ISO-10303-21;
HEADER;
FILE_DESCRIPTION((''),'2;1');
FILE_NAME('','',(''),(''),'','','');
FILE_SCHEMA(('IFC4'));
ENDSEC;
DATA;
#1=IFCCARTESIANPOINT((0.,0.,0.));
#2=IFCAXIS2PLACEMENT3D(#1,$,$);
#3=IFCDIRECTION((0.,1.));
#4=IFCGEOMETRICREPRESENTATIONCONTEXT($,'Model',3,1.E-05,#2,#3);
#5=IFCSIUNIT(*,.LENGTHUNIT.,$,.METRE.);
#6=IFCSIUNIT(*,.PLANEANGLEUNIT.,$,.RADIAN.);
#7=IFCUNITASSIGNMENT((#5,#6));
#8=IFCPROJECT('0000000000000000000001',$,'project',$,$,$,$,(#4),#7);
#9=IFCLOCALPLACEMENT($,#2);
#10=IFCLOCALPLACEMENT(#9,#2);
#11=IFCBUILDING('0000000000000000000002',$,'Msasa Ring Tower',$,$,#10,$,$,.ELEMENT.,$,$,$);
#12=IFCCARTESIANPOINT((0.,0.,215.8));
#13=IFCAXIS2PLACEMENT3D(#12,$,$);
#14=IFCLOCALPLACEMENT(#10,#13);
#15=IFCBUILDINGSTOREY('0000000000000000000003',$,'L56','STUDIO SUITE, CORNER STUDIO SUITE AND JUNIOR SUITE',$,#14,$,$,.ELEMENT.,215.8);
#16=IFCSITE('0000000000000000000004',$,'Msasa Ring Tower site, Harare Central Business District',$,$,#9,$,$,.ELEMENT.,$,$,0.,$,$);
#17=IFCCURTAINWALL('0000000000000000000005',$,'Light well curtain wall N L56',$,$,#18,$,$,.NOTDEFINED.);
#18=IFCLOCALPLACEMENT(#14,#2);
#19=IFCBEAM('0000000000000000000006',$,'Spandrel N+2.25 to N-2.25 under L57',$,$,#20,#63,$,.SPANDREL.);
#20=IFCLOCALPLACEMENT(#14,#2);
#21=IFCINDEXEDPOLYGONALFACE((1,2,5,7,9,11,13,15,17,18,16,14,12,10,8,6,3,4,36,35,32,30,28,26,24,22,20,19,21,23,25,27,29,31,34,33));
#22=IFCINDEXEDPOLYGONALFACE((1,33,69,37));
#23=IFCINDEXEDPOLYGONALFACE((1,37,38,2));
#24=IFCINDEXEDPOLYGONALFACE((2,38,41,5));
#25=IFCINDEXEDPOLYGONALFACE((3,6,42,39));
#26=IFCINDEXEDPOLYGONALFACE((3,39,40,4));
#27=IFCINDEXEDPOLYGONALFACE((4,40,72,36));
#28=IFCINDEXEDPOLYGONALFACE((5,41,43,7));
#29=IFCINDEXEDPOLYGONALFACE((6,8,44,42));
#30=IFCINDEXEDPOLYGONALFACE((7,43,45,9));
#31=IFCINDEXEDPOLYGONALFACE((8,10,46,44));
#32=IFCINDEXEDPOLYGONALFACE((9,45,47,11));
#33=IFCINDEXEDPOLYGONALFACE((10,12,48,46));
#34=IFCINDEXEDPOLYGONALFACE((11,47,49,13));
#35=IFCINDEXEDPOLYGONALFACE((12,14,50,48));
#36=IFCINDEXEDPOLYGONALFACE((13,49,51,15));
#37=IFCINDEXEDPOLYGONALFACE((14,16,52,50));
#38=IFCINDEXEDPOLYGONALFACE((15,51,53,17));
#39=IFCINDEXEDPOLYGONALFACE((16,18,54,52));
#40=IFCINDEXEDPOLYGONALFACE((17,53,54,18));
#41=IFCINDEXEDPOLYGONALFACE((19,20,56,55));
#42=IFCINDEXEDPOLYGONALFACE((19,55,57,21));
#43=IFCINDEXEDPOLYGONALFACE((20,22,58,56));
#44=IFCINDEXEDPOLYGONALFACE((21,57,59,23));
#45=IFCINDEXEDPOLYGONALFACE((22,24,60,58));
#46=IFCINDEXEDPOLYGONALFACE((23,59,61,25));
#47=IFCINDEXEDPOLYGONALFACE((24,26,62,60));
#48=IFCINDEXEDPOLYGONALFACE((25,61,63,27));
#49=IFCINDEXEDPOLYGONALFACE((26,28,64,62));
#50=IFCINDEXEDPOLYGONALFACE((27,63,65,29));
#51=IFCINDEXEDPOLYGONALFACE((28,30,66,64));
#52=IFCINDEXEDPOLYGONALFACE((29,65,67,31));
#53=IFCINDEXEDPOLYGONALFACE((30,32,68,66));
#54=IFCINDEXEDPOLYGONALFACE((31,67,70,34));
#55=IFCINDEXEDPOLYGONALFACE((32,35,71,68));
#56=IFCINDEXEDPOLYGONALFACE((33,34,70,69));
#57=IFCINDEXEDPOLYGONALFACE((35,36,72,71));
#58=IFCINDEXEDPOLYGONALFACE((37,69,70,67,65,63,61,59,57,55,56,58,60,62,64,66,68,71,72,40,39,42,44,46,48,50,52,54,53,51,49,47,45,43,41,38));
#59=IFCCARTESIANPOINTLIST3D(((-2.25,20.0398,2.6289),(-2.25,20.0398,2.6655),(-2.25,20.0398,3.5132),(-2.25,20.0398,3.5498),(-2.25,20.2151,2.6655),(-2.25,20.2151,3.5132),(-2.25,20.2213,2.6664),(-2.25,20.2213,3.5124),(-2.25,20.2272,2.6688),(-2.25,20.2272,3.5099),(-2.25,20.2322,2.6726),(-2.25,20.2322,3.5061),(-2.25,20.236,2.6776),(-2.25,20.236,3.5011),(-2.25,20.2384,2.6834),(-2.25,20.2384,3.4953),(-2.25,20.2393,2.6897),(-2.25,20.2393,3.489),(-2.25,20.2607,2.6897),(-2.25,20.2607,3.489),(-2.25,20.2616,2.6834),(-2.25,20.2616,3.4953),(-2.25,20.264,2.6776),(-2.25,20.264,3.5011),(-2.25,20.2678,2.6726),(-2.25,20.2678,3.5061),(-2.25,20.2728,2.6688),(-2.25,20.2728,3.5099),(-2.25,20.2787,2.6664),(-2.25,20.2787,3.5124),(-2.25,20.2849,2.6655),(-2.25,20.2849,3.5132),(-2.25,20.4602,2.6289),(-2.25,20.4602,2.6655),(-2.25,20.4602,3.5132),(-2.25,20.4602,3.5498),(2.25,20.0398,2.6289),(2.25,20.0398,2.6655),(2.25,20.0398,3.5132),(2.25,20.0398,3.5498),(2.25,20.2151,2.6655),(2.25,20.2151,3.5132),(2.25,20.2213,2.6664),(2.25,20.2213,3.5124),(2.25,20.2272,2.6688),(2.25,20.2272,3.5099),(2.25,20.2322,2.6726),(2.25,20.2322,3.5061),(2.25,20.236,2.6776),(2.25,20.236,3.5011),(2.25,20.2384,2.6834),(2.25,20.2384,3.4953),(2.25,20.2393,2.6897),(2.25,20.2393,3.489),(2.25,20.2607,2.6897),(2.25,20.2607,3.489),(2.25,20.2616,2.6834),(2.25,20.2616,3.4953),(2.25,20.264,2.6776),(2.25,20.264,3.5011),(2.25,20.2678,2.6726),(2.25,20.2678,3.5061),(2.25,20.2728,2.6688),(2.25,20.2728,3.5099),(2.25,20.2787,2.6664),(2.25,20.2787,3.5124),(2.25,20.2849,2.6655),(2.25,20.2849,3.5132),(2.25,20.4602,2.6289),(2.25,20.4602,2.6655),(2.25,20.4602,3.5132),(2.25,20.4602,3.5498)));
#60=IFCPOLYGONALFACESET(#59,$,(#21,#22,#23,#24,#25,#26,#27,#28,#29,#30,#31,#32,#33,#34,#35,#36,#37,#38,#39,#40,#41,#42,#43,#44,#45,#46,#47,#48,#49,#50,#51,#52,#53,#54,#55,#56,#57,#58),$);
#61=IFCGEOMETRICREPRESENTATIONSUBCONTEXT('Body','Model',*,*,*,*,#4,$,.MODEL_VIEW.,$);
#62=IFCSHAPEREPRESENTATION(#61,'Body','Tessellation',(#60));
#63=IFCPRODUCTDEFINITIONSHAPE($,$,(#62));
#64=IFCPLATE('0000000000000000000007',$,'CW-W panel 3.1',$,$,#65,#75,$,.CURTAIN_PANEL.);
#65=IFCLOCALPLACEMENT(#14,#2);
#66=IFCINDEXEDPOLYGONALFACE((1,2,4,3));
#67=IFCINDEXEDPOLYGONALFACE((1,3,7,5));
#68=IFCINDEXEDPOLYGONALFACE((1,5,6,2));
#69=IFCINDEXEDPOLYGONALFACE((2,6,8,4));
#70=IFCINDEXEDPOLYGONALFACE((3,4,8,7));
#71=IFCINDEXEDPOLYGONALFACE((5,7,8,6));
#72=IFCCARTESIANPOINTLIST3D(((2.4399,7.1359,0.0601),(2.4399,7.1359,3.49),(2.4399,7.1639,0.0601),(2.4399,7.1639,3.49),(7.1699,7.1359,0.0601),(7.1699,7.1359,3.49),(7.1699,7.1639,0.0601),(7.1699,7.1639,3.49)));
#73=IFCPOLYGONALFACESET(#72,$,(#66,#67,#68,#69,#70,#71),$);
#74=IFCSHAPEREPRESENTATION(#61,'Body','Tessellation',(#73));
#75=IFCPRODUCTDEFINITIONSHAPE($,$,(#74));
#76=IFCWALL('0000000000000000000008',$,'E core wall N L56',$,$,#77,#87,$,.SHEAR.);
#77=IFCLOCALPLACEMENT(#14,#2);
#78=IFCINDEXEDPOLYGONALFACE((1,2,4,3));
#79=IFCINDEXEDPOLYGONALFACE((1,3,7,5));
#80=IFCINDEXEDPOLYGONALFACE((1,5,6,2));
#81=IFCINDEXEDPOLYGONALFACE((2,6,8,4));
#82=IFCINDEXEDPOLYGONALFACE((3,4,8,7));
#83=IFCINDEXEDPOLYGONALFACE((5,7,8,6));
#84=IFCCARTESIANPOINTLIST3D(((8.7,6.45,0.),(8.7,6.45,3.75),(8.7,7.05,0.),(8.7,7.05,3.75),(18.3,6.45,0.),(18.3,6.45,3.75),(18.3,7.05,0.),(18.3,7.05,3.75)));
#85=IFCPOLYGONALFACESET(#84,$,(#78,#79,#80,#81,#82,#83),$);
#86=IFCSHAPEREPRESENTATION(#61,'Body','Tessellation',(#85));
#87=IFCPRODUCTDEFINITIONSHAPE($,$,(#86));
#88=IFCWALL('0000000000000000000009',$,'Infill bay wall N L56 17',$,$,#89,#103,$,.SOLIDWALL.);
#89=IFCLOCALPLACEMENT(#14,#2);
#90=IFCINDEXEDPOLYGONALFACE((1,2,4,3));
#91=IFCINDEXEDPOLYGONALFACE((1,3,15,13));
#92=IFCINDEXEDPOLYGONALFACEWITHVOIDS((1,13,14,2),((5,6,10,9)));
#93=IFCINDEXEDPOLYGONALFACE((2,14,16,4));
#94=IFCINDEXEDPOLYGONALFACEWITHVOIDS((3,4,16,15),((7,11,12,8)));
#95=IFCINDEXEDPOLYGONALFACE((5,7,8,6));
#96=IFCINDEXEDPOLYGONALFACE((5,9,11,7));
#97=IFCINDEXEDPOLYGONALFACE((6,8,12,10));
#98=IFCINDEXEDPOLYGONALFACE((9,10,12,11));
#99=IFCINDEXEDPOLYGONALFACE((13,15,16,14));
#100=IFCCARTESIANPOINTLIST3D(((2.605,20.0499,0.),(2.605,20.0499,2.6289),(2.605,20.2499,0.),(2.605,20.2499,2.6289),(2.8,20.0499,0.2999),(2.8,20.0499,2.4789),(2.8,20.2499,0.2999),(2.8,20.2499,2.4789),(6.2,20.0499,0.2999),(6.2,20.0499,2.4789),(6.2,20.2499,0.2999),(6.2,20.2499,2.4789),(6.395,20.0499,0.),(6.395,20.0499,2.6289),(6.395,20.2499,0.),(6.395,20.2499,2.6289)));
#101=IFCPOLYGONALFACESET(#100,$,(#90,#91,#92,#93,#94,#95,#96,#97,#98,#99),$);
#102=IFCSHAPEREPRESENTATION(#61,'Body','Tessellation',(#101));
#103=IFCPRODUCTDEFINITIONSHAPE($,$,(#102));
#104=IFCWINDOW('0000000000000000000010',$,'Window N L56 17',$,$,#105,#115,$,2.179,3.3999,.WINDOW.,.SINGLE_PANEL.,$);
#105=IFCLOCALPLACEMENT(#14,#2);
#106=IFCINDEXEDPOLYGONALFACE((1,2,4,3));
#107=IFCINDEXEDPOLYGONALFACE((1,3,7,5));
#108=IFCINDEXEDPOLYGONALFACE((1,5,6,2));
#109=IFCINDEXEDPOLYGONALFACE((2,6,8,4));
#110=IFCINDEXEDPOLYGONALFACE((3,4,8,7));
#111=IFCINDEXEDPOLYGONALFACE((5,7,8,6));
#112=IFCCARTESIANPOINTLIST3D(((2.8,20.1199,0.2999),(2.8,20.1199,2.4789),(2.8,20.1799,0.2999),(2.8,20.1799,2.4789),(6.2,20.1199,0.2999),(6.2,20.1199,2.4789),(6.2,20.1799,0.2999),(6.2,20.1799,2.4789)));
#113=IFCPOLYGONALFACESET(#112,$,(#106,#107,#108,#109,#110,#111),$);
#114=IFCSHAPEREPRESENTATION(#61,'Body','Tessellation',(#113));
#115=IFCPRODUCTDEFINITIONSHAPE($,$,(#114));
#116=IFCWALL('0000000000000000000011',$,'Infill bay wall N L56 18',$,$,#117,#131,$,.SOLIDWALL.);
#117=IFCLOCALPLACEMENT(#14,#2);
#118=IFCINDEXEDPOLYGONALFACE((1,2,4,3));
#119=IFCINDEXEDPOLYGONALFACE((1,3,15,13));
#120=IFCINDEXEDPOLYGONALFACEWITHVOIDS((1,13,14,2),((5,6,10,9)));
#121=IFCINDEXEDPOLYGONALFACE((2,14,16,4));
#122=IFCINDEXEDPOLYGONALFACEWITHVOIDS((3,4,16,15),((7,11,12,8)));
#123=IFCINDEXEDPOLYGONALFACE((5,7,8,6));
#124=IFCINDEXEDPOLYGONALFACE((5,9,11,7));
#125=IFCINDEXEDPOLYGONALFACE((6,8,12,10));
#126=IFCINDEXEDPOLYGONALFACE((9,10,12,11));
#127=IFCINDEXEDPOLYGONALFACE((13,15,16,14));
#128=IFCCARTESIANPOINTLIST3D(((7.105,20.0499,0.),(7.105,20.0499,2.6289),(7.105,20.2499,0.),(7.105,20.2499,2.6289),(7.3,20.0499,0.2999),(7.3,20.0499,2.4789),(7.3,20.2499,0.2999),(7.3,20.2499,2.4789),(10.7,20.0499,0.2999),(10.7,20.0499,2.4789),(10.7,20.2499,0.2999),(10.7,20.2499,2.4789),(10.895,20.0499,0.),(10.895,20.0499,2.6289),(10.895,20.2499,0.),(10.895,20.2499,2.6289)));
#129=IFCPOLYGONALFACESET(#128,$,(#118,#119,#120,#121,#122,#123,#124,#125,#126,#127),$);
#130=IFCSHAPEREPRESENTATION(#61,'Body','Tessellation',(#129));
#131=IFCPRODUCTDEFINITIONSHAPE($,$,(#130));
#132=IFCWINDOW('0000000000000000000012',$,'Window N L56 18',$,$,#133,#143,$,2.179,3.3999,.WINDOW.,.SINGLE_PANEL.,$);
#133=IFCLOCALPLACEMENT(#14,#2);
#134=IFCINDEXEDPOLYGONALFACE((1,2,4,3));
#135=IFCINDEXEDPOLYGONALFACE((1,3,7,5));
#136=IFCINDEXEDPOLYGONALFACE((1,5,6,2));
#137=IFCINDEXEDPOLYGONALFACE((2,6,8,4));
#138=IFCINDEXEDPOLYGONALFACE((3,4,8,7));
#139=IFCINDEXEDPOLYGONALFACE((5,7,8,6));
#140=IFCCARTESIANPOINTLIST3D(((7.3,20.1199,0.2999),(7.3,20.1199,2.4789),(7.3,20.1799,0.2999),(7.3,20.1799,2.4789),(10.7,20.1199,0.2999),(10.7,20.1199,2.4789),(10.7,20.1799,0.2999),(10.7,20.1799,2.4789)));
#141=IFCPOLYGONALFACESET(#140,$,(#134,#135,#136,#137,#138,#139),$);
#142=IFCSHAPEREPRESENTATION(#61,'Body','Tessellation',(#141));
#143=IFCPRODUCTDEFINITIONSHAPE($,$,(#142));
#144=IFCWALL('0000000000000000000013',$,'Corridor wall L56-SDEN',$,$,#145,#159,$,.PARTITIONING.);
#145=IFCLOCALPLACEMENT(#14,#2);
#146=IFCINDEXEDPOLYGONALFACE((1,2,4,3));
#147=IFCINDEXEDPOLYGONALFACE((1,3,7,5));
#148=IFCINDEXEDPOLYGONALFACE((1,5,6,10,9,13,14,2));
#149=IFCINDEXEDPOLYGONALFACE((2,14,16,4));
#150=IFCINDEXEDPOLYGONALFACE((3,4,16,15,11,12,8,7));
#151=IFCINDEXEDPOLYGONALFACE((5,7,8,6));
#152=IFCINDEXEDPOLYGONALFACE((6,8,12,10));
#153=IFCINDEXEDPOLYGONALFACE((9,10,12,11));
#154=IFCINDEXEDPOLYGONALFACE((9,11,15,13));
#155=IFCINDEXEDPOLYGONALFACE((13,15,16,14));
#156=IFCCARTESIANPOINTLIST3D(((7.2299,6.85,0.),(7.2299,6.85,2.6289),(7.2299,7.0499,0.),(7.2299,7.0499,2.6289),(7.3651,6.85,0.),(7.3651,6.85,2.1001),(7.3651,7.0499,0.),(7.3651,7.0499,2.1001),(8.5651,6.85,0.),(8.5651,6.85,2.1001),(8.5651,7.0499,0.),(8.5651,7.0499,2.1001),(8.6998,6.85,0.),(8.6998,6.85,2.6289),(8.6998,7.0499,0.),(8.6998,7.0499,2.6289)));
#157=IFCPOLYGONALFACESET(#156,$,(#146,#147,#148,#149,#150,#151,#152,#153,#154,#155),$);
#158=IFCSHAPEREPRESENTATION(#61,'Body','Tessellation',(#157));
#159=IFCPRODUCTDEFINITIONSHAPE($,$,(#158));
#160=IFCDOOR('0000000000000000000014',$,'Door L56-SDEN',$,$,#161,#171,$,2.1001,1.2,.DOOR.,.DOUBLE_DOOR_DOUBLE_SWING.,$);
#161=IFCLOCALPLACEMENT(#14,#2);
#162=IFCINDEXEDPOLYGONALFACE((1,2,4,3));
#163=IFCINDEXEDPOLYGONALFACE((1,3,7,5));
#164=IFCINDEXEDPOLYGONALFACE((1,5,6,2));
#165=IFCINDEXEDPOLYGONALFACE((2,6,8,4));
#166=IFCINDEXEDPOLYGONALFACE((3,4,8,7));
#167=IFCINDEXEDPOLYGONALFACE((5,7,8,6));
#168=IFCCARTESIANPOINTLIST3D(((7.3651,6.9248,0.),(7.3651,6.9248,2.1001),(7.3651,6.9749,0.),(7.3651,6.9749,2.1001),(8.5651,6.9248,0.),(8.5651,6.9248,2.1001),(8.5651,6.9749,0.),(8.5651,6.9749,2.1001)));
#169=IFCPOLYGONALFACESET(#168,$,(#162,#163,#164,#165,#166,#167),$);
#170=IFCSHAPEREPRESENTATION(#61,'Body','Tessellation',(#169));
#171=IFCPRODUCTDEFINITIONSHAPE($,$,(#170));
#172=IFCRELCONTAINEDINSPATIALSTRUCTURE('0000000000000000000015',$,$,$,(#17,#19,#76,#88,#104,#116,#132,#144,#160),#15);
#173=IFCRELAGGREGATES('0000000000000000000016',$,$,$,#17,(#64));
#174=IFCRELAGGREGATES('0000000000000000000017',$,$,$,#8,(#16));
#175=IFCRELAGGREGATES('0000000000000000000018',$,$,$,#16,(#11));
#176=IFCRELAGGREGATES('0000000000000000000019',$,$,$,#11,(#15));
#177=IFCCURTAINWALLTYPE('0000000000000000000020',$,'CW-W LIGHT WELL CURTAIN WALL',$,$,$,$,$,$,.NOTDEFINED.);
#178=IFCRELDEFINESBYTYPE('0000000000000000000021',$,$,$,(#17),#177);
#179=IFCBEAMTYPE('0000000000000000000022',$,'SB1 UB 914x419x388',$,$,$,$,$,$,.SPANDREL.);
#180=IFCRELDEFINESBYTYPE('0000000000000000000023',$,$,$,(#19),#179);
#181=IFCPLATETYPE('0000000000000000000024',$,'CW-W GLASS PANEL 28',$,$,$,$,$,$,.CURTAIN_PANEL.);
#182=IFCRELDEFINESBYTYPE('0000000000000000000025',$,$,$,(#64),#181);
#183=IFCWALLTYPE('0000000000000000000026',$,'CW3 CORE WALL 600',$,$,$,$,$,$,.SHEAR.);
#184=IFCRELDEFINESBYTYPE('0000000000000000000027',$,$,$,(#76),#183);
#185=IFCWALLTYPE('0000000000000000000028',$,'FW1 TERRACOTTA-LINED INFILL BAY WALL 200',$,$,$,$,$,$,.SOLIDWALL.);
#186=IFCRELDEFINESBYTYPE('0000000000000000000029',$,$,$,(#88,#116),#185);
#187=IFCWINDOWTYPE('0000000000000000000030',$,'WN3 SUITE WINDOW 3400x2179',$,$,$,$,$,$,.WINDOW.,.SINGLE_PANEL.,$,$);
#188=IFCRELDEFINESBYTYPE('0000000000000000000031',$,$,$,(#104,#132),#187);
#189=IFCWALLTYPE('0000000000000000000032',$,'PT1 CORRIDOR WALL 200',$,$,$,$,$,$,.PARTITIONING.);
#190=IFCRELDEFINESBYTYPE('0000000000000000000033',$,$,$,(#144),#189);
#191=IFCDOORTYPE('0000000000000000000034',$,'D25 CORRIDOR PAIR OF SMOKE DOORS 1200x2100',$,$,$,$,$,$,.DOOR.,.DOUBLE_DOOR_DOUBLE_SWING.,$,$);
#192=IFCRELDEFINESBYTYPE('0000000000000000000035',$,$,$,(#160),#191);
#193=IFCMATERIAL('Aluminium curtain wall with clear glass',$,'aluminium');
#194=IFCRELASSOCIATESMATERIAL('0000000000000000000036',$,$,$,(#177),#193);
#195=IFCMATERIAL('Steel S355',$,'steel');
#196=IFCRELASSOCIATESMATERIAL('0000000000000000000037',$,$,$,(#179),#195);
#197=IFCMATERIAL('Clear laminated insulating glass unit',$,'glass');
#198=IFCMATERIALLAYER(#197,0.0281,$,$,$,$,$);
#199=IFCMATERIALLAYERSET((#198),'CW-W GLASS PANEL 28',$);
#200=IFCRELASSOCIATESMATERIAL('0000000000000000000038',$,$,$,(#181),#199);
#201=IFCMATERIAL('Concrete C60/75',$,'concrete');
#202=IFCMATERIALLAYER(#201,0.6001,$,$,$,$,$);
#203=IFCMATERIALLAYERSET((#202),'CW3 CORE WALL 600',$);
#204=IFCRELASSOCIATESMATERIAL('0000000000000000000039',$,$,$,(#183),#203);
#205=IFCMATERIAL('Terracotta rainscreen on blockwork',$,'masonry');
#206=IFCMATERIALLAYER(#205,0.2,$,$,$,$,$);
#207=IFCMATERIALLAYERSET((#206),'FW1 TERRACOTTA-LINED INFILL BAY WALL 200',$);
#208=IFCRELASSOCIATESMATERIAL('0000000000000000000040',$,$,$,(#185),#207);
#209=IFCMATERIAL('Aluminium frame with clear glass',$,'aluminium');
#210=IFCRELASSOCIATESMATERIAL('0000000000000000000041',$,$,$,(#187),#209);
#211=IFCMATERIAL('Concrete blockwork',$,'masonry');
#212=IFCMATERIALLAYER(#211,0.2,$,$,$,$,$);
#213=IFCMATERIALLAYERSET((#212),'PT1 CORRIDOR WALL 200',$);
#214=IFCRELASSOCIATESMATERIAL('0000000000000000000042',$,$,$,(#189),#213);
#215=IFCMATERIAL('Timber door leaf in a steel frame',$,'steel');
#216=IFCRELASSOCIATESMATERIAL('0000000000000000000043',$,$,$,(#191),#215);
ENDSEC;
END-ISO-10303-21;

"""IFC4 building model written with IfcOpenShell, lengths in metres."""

from ifc_helpers import new_model, si_unit, direction, frame, frame_2d, origin, origin_2d, place, context, subcontext, project, spatial, rectangle, i_section, extrude, material, layer, layer_set, material_profile, profile_set, type_object, element, fill, aggregate, save


model = new_model("IFC4")

# Units and contexts
model_context = context("Model", 3, precision=1e-05, world=origin(), true_north=direction((0.0, 1.0)))
body_context = subcontext(model_context, "Body", "Model", "MODEL_VIEW")
ifc_project = project(units=[si_unit("LENGTHUNIT", "METRE"), si_unit("PLANEANGLEUNIT", "RADIAN")], contexts=[model_context])

# Site, building, storey
site_placement = place(None, origin())
site = spatial("IfcSite", under=ifc_project, at=site_placement, Name="Msasa Ring Tower site, Harare Central Business District", CompositionType="ELEMENT", RefElevation=0.0)
building_placement = place(site_placement, origin())
building = spatial("IfcBuilding", under=site, at=building_placement, Name="Msasa Ring Tower", CompositionType="ELEMENT")
storey_placement = place(building_placement, frame((0.0, 0.0, 215.8)))
storey = spatial("IfcBuildingStorey", under=building, at=storey_placement, Name="L56", Description="STUDIO SUITE, CORNER STUDIO SUITE AND JUNIOR SUITE", CompositionType="ELEMENT", Elevation=215.8)

# Curtain wall
ifc_material_1 = material(Name="Aluminium curtain wall with clear glass", Category="aluminium")
curtain_wall_type = type_object("IfcCurtainWallType", Name="CW-W LIGHT WELL CURTAIN WALL", PredefinedType="NOTDEFINED", material=ifc_material_1)
curtain_wall_1_placement = place(storey_placement, origin())
curtain_wall_1 = element("IfcCurtainWall", 1, at=curtain_wall_1_placement, inside=storey, type_object=curtain_wall_type, Name="Light well curtain wall N L56", PredefinedType="NOTDEFINED")

# Beam
ifc_material_2 = material(Name="Steel S355", Category="steel")
ifc_material_profile_1 = material_profile(ifc_material_2, i_section(OverallWidth=0.4204, OverallDepth=0.9209, WebThickness=0.0215, FlangeThickness=0.0366, FilletRadius=0.0242, at=origin_2d()), Name="UB 914x419x388")
ifc_profile_set_1 = profile_set([ifc_material_profile_1], Name="Steel S355")
beam_type_1 = type_object("IfcBeamType", Name="SB1 UB 914x419x388", PredefinedType="SPANDREL", material=ifc_profile_set_1)
for number, where, z_axis, x_axis, name in (
    (2, (2.25, 20.25, 3.0894), (-1.0, 0.0, 0.0), (0.0, -1.0, 0.0), "Spandrel N+2.25 to N-2.25 under L57"),
):
    element("IfcBeam", number, at=place(storey_placement, frame(where, z_axis=z_axis, x_axis=x_axis)), inside=storey, type_object=beam_type_1, Name=name, PredefinedType="SPANDREL", context=body_context, shape_type="SweptSolid", body=[
        extrude(i_section(OverallWidth=0.4204, OverallDepth=0.9209, WebThickness=0.0215, FlangeThickness=0.0366, FilletRadius=0.0242, at=origin_2d()), origin(), (0.0, 0.0, 1.0), 4.5),
    ])

# Plate
ifc_material_3 = material(Name="Clear laminated insulating glass unit", Category="glass")
ifc_layer_1 = layer(ifc_material_3, 0.0281)
ifc_layer_set_1 = layer_set([ifc_layer_1], Name="CW-W GLASS PANEL 28")
plate_type = type_object("IfcPlateType", Name="CW-W GLASS PANEL 28", PredefinedType="CURTAIN_PANEL", material=ifc_layer_set_1)
plate_placement = place(storey_placement, frame((4.8049, 7.1499, 0.0601), z_axis=(0.0, 0.0, 1.0), x_axis=(1.0, 0.0, 0.0)))
plate = element("IfcPlate", 3, at=plate_placement, type_object=plate_type, Name="CW-W panel 3.1", PredefinedType="CURTAIN_PANEL", context=body_context, shape_type="SweptSolid", body=[
    extrude(rectangle(XDim=4.73, YDim=0.0281, at=origin_2d()), origin(), (0.0, 0.0, 1.0), 3.4299),
])
aggregate(curtain_wall_1, [plate])

# Wall
ifc_material_4 = material(Name="Concrete C60/75", Category="concrete")
ifc_layer_2 = layer(ifc_material_4, 0.6001)
ifc_layer_set_2 = layer_set([ifc_layer_2], Name="CW3 CORE WALL 600")
wall_type_1 = type_object("IfcWallType", Name="CW3 CORE WALL 600", PredefinedType="SHEAR", material=ifc_layer_set_2)
wall_1_placement = place(storey_placement, frame((8.7, 6.75, 0.0), z_axis=(0.0, 0.0, 1.0), x_axis=(1.0, 0.0, 0.0)))
element("IfcWall", 4, at=wall_1_placement, inside=storey, type_object=wall_type_1, Name="E core wall N L56", PredefinedType="SHEAR", context=body_context, shape_type="SweptSolid", body=[
    extrude(rectangle(XDim=9.6001, YDim=0.6001, at=frame_2d((4.8, 0.0))), origin(), (0.0, 0.0, 1.0), 3.75),
])

# Walls, openings, windows
ifc_material_5 = material(Name="Terracotta rainscreen on blockwork", Category="masonry")
ifc_layer_3 = layer(ifc_material_5, 0.2)
ifc_layer_set_3 = layer_set([ifc_layer_3], Name="FW1 TERRACOTTA-LINED INFILL BAY WALL 200")
wall_type_2 = type_object("IfcWallType", Name="FW1 TERRACOTTA-LINED INFILL BAY WALL 200", PredefinedType="SOLIDWALL", material=ifc_layer_set_3)
wall_2_placement = place(storey_placement, frame((2.605, 20.1499, 0.0), z_axis=(0.0, 0.0, 1.0), x_axis=(1.0, 0.0, 0.0)))
wall_2 = element("IfcWall", 5, at=wall_2_placement, inside=storey, type_object=wall_type_2, Name="Infill bay wall N L56 17", PredefinedType="SOLIDWALL", context=body_context, shape_type="SweptSolid", body=[
    extrude(rectangle(XDim=3.79, YDim=0.2, at=frame_2d((1.895, 0.0))), origin(), (0.0, 0.0, 1.0), 2.6289),
])
opening_1_placement = place(wall_2_placement, frame((0.1951, 0.0, 0.3)))
opening_1 = element("IfcOpeningElement", 6, at=opening_1_placement, cuts=wall_2, PredefinedType="OPENING", context=body_context, shape_type="SweptSolid", body=[
    extrude(rectangle(XDim=3.3999, YDim=2.179, at=frame_2d((1.7, 1.0894))), frame((0.0, 0.1099, 0.0), z_axis=(0.0, -1.0, 0.0), x_axis=(1.0, 0.0, 0.0)), (0.0, 0.0, 1.0), 0.22),
])
ifc_material_6 = material(Name="Aluminium frame with clear glass", Category="aluminium")
window_type = type_object("IfcWindowType", Name="WN3 SUITE WINDOW 3400x2179", PartitioningType="SINGLE_PANEL", PredefinedType="WINDOW", material=ifc_material_6)
window_1_placement = place(opening_1_placement, origin())
window_1 = element("IfcWindow", 7, at=window_1_placement, inside=storey, type_object=window_type, Name="Window N L56 17", OverallHeight=2.179, OverallWidth=3.3999, PartitioningType="SINGLE_PANEL", PredefinedType="WINDOW", context=body_context, shape_type="SweptSolid", body=[
    extrude(rectangle(XDim=3.3999, YDim=2.179, at=frame_2d((1.7, 1.0894))), frame((0.0, 0.03, 0.0), z_axis=(0.0, -1.0, 0.0), x_axis=(1.0, 0.0, 0.0)), (0.0, 0.0, 1.0), 0.0601),
])
fill(opening_1, window_1)
wall_3_placement = place(storey_placement, frame((7.105, 20.1499, 0.0), z_axis=(0.0, 0.0, 1.0), x_axis=(1.0, 0.0, 0.0)))
wall_3 = element("IfcWall", 8, at=wall_3_placement, inside=storey, type_object=wall_type_2, Name="Infill bay wall N L56 18", PredefinedType="SOLIDWALL", context=body_context, shape_type="SweptSolid", body=[
    extrude(rectangle(XDim=3.79, YDim=0.2, at=frame_2d((1.895, 0.0))), origin(), (0.0, 0.0, 1.0), 2.6289),
])
opening_2_placement = place(wall_3_placement, frame((0.1951, 0.0, 0.3)))
opening_2 = element("IfcOpeningElement", 9, at=opening_2_placement, cuts=wall_3, PredefinedType="OPENING", context=body_context, shape_type="SweptSolid", body=[
    extrude(rectangle(XDim=3.3999, YDim=2.179, at=frame_2d((1.7, 1.0894))), frame((0.0, 0.1099, 0.0), z_axis=(0.0, -1.0, 0.0), x_axis=(1.0, 0.0, 0.0)), (0.0, 0.0, 1.0), 0.22),
])
window_2_placement = place(opening_2_placement, origin())
window_2 = element("IfcWindow", 10, at=window_2_placement, inside=storey, type_object=window_type, Name="Window N L56 18", OverallHeight=2.179, OverallWidth=3.3999, PartitioningType="SINGLE_PANEL", PredefinedType="WINDOW", context=body_context, shape_type="SweptSolid", body=[
    extrude(rectangle(XDim=3.3999, YDim=2.179, at=frame_2d((1.7, 1.0894))), frame((0.0, 0.03, 0.0), z_axis=(0.0, -1.0, 0.0), x_axis=(1.0, 0.0, 0.0)), (0.0, 0.0, 1.0), 0.0601),
])
fill(opening_2, window_2)

# Wall, opening, door
ifc_material_7 = material(Name="Concrete blockwork", Category="masonry")
ifc_layer_4 = layer(ifc_material_7, 0.2)
ifc_layer_set_4 = layer_set([ifc_layer_4], Name="PT1 CORRIDOR WALL 200")
wall_type_3 = type_object("IfcWallType", Name="PT1 CORRIDOR WALL 200", PredefinedType="PARTITIONING", material=ifc_layer_set_4)
wall_4_placement = place(storey_placement, frame((7.23, 6.95, 0.0), z_axis=(0.0, 0.0, 1.0), x_axis=(1.0, 0.0, 0.0)))
wall_4 = element("IfcWall", 11, at=wall_4_placement, inside=storey, type_object=wall_type_3, Name="Corridor wall L56-SDEN", PredefinedType="PARTITIONING", context=body_context, shape_type="SweptSolid", body=[
    extrude(rectangle(XDim=1.47, YDim=0.2, at=frame_2d((0.7349, 0.0))), origin(), (0.0, 0.0, 1.0), 2.6289),
])
opening_3_placement = place(wall_4_placement, frame((0.135, 0.0, 0.0)))
opening_3 = element("IfcOpeningElement", 12, at=opening_3_placement, cuts=wall_4, PredefinedType="OPENING", context=body_context, shape_type="SweptSolid", body=[
    extrude(rectangle(XDim=1.2, YDim=2.1001, at=frame_2d((0.6001, 1.05))), frame((0.0, 0.1099, 0.0), z_axis=(0.0, -1.0, 0.0), x_axis=(1.0, 0.0, 0.0)), (0.0, 0.0, 1.0), 0.22),
])
ifc_material_8 = material(Name="Timber door leaf in a steel frame", Category="steel")
door_type_1 = type_object("IfcDoorType", Name="D25 CORRIDOR PAIR OF SMOKE DOORS 1200x2100", OperationType="DOUBLE_DOOR_DOUBLE_SWING", PredefinedType="DOOR", material=ifc_material_8)
door_1_placement = place(opening_3_placement, origin())
door_1 = element("IfcDoor", 13, at=door_1_placement, inside=storey, type_object=door_type_1, Name="Door L56-SDEN", OperationType="DOUBLE_DOOR_DOUBLE_SWING", OverallHeight=2.1001, OverallWidth=1.2, PredefinedType="DOOR", context=body_context, shape_type="SweptSolid", body=[
    extrude(rectangle(XDim=1.2, YDim=2.1001, at=frame_2d((0.6001, 1.05))), frame((0.0, 0.0249, 0.0), z_axis=(0.0, -1.0, 0.0), x_axis=(1.0, 0.0, 0.0)), (0.0, 0.0, 1.0), 0.05),
])
fill(opening_3, door_1)

save(model, "model.ifc")
